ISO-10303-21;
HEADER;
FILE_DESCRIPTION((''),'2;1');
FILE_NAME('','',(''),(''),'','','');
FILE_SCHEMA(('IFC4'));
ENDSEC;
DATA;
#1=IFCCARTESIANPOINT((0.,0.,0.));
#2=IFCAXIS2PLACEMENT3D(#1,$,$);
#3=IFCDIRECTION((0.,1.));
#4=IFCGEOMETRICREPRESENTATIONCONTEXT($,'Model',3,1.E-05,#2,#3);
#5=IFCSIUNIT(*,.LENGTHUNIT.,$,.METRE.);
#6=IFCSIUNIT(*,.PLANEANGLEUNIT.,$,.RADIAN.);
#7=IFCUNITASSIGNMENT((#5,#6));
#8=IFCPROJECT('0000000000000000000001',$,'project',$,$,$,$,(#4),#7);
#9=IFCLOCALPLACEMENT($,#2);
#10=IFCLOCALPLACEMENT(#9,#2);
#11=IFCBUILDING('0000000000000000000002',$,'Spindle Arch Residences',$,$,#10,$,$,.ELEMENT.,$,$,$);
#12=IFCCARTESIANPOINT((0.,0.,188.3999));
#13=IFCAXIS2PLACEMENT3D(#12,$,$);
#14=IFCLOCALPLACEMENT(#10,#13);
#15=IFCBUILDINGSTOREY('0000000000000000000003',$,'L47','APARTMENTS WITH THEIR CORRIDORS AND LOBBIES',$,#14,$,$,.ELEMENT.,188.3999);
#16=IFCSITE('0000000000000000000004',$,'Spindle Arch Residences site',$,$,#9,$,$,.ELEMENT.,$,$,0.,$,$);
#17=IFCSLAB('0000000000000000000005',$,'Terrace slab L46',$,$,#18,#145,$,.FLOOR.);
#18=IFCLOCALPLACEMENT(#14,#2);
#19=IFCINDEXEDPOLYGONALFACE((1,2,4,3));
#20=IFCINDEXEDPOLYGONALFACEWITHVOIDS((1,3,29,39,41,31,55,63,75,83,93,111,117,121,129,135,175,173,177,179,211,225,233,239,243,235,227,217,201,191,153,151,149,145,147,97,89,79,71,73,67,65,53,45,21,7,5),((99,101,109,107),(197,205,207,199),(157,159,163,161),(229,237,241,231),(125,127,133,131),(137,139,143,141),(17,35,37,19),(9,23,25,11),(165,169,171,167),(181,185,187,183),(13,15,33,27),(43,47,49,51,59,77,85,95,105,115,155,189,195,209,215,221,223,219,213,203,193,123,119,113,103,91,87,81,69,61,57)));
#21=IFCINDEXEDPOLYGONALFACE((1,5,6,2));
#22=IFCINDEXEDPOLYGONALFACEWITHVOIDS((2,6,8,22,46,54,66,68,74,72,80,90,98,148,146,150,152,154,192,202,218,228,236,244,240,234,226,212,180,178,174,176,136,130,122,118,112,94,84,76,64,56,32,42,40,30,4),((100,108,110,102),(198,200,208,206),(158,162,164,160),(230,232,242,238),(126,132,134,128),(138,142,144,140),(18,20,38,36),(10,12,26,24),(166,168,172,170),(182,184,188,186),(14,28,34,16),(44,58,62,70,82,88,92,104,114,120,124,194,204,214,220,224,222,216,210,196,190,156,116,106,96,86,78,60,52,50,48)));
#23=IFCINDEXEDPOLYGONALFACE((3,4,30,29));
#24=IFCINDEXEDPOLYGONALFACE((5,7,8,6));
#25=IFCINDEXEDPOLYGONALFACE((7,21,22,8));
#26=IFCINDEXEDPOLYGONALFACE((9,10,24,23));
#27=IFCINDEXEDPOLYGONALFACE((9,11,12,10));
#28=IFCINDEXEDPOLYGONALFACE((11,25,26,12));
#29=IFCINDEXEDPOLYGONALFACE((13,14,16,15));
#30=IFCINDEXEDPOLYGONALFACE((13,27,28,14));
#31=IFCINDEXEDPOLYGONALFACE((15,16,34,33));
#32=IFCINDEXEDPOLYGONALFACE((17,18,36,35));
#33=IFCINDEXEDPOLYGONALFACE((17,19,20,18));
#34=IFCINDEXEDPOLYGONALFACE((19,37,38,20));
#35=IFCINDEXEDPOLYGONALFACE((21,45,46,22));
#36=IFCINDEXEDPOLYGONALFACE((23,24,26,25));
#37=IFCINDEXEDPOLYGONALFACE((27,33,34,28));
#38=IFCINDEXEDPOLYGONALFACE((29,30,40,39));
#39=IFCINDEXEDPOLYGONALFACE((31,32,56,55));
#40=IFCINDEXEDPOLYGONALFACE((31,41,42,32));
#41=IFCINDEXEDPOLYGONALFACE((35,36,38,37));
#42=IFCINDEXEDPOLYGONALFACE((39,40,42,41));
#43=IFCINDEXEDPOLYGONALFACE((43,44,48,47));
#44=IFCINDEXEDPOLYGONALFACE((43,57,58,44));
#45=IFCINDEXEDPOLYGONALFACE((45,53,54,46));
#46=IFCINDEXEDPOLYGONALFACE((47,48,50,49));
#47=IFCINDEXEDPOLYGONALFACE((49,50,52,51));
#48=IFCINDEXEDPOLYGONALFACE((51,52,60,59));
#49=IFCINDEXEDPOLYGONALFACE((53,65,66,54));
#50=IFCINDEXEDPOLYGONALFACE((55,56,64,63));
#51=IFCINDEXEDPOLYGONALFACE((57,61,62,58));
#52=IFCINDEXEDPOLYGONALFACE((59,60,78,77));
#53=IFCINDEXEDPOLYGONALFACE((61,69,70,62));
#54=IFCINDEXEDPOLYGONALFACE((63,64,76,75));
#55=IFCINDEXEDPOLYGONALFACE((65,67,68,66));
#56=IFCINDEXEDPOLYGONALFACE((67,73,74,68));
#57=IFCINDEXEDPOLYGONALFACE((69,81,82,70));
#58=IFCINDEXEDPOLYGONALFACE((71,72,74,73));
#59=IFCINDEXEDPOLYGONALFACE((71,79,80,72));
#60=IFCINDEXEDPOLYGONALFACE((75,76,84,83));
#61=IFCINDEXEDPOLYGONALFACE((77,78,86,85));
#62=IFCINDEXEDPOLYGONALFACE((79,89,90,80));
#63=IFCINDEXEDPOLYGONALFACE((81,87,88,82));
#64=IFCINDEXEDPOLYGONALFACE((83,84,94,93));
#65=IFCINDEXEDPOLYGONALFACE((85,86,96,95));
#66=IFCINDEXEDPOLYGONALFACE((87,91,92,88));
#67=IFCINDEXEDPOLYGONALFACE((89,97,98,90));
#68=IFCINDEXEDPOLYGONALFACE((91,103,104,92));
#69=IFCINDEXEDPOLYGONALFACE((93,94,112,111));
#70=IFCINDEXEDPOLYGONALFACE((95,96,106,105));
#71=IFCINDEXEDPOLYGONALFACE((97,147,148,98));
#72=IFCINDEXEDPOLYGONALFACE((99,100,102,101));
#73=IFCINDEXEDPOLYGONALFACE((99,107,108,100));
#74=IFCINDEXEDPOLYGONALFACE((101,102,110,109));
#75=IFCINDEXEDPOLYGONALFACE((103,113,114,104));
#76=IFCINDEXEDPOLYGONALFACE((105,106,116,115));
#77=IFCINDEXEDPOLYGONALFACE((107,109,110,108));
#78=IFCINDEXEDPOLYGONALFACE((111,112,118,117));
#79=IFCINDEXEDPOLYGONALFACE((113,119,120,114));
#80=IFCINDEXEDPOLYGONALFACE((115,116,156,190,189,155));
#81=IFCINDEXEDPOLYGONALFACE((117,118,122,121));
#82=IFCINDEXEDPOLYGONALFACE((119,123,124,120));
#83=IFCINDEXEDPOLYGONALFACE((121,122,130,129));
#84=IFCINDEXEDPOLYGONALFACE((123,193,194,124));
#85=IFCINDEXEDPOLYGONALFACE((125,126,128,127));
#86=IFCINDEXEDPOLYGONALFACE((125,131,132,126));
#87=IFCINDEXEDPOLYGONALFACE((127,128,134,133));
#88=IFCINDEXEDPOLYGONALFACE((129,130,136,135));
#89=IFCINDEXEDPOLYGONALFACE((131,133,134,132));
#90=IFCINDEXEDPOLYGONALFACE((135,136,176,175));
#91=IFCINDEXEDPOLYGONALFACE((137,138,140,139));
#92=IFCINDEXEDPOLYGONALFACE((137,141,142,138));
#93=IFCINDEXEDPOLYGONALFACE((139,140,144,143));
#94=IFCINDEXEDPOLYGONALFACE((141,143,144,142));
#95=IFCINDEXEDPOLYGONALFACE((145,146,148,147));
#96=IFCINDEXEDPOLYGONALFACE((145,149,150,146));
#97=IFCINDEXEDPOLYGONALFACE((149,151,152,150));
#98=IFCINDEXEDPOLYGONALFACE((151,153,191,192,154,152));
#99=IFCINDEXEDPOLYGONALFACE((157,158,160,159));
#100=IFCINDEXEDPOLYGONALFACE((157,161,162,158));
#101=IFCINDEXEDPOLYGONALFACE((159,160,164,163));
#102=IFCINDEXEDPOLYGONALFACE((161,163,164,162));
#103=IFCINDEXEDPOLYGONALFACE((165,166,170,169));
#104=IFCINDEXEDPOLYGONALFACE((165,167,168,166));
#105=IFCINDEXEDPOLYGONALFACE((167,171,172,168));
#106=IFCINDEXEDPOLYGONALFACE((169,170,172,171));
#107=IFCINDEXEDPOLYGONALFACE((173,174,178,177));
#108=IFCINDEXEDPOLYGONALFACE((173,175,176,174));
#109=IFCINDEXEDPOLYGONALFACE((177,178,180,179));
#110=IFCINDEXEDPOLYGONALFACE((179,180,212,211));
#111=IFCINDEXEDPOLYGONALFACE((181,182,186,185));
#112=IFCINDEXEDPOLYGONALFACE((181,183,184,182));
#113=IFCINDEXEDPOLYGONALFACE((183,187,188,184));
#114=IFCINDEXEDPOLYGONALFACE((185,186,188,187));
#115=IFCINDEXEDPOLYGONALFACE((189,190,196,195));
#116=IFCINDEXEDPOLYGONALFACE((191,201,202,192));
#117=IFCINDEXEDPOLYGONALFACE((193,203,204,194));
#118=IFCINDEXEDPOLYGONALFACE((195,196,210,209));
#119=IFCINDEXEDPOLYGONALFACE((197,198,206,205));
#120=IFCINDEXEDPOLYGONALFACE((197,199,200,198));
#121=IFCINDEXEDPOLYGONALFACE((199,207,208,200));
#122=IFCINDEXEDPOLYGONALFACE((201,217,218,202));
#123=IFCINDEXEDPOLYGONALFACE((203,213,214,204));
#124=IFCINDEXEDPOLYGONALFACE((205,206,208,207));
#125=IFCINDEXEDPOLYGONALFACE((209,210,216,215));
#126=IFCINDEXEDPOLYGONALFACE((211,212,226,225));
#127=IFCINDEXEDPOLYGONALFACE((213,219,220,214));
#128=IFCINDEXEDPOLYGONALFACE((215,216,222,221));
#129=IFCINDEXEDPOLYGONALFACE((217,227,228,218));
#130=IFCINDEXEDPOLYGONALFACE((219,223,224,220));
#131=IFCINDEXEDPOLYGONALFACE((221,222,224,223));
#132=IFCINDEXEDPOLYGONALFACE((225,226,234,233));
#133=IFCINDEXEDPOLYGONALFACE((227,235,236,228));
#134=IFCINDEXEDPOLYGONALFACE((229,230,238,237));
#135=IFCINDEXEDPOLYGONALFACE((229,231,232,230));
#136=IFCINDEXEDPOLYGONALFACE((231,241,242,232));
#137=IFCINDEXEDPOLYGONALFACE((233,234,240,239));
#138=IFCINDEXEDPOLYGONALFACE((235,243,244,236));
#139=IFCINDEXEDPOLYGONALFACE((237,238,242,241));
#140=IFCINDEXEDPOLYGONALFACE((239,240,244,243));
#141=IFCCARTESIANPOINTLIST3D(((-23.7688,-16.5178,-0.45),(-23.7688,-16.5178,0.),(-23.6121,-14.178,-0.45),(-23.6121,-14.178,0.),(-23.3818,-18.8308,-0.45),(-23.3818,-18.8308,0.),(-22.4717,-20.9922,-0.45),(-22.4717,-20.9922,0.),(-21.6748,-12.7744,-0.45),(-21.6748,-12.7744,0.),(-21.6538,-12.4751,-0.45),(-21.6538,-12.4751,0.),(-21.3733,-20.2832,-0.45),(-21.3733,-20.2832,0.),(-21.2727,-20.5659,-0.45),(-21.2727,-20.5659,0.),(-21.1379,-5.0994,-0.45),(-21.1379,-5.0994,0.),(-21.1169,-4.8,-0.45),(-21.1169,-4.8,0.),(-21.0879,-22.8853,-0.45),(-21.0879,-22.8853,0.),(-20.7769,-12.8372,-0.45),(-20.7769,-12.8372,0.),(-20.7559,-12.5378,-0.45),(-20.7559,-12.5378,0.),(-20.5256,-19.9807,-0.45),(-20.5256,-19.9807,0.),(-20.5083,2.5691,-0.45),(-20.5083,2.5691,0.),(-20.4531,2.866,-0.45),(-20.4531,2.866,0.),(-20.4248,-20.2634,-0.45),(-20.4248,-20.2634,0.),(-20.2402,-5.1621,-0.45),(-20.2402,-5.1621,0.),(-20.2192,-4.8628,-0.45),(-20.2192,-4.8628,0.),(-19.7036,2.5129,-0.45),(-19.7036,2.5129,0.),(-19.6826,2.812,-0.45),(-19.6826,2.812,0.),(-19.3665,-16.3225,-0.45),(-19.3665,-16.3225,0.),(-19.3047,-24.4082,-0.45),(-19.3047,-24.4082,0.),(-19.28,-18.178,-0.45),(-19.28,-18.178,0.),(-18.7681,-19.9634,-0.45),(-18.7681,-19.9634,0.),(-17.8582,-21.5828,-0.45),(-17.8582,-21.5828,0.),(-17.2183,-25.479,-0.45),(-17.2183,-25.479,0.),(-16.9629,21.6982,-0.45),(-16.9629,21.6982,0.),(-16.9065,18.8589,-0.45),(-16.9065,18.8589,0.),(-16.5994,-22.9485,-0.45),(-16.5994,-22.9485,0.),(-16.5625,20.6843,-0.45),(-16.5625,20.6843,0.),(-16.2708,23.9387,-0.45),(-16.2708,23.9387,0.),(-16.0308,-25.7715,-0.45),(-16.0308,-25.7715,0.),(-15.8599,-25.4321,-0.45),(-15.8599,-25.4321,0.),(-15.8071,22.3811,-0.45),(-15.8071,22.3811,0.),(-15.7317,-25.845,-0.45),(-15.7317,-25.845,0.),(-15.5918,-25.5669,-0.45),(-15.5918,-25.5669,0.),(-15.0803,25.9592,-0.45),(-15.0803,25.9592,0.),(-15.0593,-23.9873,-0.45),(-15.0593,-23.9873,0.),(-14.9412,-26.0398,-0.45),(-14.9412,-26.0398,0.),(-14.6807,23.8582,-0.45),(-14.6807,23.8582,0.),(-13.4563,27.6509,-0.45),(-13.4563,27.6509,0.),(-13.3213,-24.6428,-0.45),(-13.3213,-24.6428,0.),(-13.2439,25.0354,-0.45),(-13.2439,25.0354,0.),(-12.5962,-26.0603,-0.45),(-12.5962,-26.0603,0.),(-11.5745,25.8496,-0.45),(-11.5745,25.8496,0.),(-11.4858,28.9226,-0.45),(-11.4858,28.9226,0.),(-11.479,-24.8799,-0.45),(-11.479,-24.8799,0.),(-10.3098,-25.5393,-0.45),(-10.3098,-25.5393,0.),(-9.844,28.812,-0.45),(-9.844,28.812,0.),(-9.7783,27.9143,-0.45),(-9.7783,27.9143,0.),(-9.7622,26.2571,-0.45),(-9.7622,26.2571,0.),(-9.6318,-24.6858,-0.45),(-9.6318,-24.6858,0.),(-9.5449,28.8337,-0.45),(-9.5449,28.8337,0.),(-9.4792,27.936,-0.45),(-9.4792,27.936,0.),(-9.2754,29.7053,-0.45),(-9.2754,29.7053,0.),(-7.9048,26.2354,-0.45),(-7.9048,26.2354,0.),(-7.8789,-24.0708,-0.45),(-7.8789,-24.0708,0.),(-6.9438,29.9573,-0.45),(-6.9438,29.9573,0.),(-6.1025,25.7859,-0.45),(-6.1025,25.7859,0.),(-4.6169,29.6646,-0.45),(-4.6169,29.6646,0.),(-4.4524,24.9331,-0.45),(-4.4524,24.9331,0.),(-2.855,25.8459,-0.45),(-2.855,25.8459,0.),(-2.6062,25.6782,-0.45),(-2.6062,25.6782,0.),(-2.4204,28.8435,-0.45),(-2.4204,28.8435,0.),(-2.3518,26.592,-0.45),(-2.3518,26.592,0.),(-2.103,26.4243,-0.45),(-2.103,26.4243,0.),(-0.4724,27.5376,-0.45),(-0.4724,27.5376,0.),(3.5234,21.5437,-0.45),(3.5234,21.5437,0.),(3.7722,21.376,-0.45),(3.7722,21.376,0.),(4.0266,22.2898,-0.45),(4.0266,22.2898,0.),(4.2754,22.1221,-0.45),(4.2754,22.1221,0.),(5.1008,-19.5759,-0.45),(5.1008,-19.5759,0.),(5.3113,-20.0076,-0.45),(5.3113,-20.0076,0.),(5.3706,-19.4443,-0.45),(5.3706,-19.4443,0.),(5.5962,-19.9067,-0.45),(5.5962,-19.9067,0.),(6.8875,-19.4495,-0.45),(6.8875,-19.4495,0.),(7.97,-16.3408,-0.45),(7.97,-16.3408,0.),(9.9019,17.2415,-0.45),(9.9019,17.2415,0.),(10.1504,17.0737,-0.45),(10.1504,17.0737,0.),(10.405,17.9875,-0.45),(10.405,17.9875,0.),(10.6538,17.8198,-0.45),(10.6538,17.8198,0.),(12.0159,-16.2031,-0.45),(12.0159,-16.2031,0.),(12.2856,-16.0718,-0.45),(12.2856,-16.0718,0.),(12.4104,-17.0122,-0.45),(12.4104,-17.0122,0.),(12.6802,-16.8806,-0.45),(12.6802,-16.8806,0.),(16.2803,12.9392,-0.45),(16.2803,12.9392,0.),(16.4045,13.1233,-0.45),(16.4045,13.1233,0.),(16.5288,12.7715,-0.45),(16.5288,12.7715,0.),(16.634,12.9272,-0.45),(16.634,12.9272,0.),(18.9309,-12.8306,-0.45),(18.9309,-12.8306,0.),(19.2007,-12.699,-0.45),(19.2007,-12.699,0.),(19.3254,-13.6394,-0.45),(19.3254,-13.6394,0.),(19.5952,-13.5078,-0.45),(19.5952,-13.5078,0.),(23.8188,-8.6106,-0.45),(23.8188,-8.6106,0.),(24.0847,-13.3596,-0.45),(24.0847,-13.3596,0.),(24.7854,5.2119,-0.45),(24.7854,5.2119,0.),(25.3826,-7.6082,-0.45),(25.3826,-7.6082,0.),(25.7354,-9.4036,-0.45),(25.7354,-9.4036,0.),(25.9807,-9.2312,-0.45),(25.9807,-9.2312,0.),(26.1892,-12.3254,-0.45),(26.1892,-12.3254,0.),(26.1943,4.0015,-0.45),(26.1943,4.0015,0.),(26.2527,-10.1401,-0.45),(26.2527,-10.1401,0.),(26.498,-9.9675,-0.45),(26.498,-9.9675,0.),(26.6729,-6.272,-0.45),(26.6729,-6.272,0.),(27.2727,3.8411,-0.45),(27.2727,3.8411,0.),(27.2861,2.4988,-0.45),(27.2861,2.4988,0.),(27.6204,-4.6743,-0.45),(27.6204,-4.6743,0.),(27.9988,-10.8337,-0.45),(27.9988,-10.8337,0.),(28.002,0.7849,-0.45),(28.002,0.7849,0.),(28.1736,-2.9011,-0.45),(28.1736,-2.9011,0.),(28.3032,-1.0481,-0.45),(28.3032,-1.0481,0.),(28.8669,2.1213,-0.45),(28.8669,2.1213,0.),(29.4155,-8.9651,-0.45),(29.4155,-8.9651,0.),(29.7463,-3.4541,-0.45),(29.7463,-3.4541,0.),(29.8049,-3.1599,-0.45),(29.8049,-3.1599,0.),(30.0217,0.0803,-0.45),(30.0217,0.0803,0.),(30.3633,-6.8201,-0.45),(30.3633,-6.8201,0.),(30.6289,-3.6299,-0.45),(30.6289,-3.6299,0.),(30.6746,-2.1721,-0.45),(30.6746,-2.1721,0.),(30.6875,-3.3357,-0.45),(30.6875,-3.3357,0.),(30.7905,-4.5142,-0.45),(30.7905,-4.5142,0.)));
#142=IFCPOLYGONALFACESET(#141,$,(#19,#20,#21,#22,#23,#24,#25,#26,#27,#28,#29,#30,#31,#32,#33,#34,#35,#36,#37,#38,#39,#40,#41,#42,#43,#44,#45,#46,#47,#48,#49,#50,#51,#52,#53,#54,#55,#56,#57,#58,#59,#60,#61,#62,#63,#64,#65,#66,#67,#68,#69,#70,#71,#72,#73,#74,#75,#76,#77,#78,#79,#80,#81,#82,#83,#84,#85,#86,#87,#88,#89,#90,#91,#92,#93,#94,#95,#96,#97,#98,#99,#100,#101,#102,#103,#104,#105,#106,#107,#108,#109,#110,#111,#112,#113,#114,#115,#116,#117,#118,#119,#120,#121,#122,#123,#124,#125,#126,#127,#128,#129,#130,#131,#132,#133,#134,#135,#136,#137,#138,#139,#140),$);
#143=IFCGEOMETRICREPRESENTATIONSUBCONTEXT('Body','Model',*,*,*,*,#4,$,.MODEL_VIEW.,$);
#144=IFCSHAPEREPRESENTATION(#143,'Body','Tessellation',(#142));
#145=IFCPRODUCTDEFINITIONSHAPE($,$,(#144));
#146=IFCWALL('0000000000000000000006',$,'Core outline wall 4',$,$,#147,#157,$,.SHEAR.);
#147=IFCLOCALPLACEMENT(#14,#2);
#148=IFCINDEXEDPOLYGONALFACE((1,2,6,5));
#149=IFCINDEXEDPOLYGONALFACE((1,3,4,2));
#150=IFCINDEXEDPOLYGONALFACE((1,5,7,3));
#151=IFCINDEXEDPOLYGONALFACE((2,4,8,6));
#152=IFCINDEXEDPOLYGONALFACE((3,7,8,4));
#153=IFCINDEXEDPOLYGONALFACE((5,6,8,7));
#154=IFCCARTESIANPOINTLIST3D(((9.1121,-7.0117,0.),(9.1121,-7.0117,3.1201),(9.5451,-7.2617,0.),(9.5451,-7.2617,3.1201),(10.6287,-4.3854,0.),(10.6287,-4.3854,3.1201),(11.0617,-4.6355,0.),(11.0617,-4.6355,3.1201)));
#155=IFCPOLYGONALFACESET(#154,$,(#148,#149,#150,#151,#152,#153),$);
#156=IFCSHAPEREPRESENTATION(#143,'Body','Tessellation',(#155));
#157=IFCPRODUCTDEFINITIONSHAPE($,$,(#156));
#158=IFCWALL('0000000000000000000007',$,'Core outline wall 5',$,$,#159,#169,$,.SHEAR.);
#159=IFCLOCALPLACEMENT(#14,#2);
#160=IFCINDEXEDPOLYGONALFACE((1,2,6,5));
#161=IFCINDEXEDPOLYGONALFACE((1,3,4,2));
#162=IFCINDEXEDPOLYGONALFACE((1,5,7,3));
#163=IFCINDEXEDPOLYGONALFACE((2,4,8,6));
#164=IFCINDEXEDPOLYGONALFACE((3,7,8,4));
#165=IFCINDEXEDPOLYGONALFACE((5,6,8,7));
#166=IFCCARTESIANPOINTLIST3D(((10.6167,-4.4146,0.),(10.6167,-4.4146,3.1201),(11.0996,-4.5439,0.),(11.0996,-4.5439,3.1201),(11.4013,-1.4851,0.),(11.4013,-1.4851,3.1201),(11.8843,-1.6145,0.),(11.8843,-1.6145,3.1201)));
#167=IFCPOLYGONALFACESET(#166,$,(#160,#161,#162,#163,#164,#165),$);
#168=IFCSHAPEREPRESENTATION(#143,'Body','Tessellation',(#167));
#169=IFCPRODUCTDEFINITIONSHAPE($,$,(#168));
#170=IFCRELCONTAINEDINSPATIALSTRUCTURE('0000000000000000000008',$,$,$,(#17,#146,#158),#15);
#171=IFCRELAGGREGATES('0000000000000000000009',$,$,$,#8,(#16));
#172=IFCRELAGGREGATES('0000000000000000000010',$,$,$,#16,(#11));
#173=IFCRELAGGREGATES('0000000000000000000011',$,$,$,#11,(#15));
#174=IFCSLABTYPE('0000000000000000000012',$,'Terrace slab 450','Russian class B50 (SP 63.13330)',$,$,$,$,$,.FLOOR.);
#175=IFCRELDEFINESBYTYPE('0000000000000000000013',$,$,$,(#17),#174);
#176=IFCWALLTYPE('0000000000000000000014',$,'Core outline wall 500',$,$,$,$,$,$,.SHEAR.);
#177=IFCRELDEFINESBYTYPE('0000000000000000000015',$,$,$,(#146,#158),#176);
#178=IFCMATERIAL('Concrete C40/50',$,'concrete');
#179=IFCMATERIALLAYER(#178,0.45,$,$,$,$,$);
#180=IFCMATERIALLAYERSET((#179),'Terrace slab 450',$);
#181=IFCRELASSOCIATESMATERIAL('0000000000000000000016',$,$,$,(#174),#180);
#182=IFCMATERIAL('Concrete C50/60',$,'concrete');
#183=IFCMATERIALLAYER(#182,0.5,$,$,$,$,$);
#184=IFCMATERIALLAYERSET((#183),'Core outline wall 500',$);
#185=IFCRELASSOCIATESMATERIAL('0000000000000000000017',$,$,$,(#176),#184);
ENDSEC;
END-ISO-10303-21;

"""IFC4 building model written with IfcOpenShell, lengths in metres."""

from ifc_helpers import new_model, si_unit, direction, frame, frame_2d, origin, place, context, subcontext, project, spatial, polyline, rectangle, outline, extrude, material, layer, layer_set, type_object, element, save


model = new_model("IFC4")

# Units and contexts
model_context = context("Model", 3, precision=1e-05, world=origin(), true_north=direction((0.0, 1.0)))
body_context = subcontext(model_context, "Body", "Model", "MODEL_VIEW")
ifc_project = project(units=[si_unit("LENGTHUNIT", "METRE"), si_unit("PLANEANGLEUNIT", "RADIAN")], contexts=[model_context])

# Site, building, storey
site_placement = place(None, origin())
site = spatial("IfcSite", under=ifc_project, at=site_placement, Name="Spindle Arch Residences site", CompositionType="ELEMENT", RefElevation=0.0)
building_placement = place(site_placement, origin())
building = spatial("IfcBuilding", under=site, at=building_placement, Name="Spindle Arch Residences", CompositionType="ELEMENT")
storey_placement = place(building_placement, frame((0.0, 0.0, 188.3999)))
storey = spatial("IfcBuildingStorey", under=building, at=storey_placement, Name="L47", Description="APARTMENTS WITH THEIR CORRIDORS AND LOBBIES", CompositionType="ELEMENT", Elevation=188.3999)

# Slab
ifc_material_1 = material(Name="Concrete C40/50", Category="concrete")
ifc_layer_1 = layer(ifc_material_1, 0.45)
ifc_layer_set_1 = layer_set([ifc_layer_1], Name="Terrace slab 450")
slab_type_1 = type_object("IfcSlabType", Name="Terrace slab 450", Description="Russian class B50 (SP 63.13330)", PredefinedType="FLOOR", material=ifc_layer_set_1)
slab_1_placement = place(storey_placement, frame((0.0, 0.0, -0.45)))
element("IfcSlab", 1, at=slab_1_placement, inside=storey, type_object=slab_type_1, Name="Terrace slab L46", PredefinedType="FLOOR", context=body_context, shape_type="SweptSolid", body=[
    extrude(outline(polyline([(-12.5962, -26.0603), (-14.9412, -26.0398), (-15.7317, -25.845), (-15.5918, -25.5669), (-15.8599, -25.4321), (-16.0308, -25.7715), (-17.2183, -25.479), (-19.3047, -24.4082), (-21.0879, -22.8853), (-22.4717, -20.9922), (-23.3818, -18.8308), (-23.7688, -16.5178), (-23.6121, -14.178), (-20.5083, 2.5691), (-19.7036, 2.5129), (-19.6826, 2.812), (-20.4531, 2.866), (-16.9629, 21.6982), (-16.2708, 23.9387), (-15.0803, 25.9592), (-13.4563, 27.6509), (-11.4858, 28.9226), (-9.2754, 29.7053), (-6.9438, 29.9573), (-4.6169, 29.6646), (-2.4204, 28.8435), (-0.4724, 27.5376), (16.4045, 13.1233), (16.2803, 12.9392), (16.5288, 12.7715), (16.634, 12.9272), (27.2727, 3.8411), (28.8669, 2.1213), (30.0217, 0.0803), (30.6746, -2.1721), (30.7905, -4.5142), (30.3633, -6.8201), (29.4155, -8.9651), (27.9988, -10.8337), (26.1892, -12.3254), (24.0847, -13.3596), (6.8875, -19.4495), (5.5962, -19.9067), (5.3706, -19.4443), (5.1008, -19.5759), (5.3113, -20.0076), (-10.3098, -25.5393), (-12.5962, -26.0603)]), holes=[polyline([(25.3826, -7.6082), (26.6729, -6.272), (27.6204, -4.6743), (28.1736, -2.9011), (28.3032, -1.0481), (28.002, 0.7849), (27.2861, 2.4988), (26.1943, 4.0015), (24.7854, 5.2119), (-4.4524, 24.9331), (-6.1025, 25.7859), (-7.9048, 26.2354), (-9.7622, 26.2571), (-11.5745, 25.8496), (-13.2439, 25.0354), (-14.6807, 23.8582), (-15.8071, 22.3811), (-16.5625, 20.6843), (-16.9065, 18.8589), (-19.3665, -16.3225), (-19.28, -18.178), (-18.7681, -19.9634), (-17.8582, -21.5828), (-16.5994, -22.9485), (-15.0593, -23.9873), (-13.3213, -24.6428), (-11.479, -24.8799), (-9.6318, -24.6858), (-7.8789, -24.0708), (7.97, -16.3408), (23.8188, -8.6106), (25.3826, -7.6082)]), polyline([(-21.3733, -20.2832), (-21.2727, -20.5659), (-20.4248, -20.2634), (-20.5256, -19.9807), (-21.3733, -20.2832)]), polyline([(-20.7559, -12.5378), (-21.6538, -12.4751), (-21.6748, -12.7744), (-20.7769, -12.8372), (-20.7559, -12.5378)]), polyline([(-20.2192, -4.8628), (-21.1169, -4.8), (-21.1379, -5.0994), (-20.2402, -5.1621), (-20.2192, -4.8628)]), polyline([(-2.6062, 25.6782), (-2.103, 26.4243), (-2.3518, 26.592), (-2.855, 25.8459), (-2.6062, 25.6782)]), polyline([(-9.4792, 27.936), (-9.5449, 28.8337), (-9.844, 28.812), (-9.7783, 27.9143), (-9.4792, 27.936)]), polyline([(12.4104, -17.0122), (12.6802, -16.8806), (12.2856, -16.0718), (12.0159, -16.2031), (12.4104, -17.0122)]), polyline([(18.9309, -12.8306), (19.3254, -13.6394), (19.5952, -13.5078), (19.2007, -12.699), (18.9309, -12.8306)]), polyline([(25.7354, -9.4036), (26.2527, -10.1401), (26.498, -9.9675), (25.9807, -9.2312), (25.7354, -9.4036)]), polyline([(30.6289, -3.6299), (30.6875, -3.3357), (29.8049, -3.1599), (29.7463, -3.4541), (30.6289, -3.6299)]), polyline([(10.1504, 17.0737), (10.6538, 17.8198), (10.405, 17.9875), (9.9019, 17.2415), (10.1504, 17.0737)]), polyline([(3.7722, 21.376), (4.2754, 22.1221), (4.0266, 22.2898), (3.5234, 21.5437), (3.7722, 21.376)])]), origin(), (0.0, 0.0, 1.0), 0.45),
])

# Walls
ifc_material_2 = material(Name="Concrete C50/60", Category="concrete")
ifc_layer_2 = layer(ifc_material_2, 0.5)
ifc_layer_set_2 = layer_set([ifc_layer_2], Name="Core outline wall 500")
wall_type_1 = type_object("IfcWallType", Name="Core outline wall 500", PredefinedType="SHEAR", material=ifc_layer_set_2)
for number, where, z_axis, x_axis, name in (
    (2, (9.3286, -7.1367, 0.0), (0.0, 0.0, 1.0), (0.500087, 0.865975, 0.0), "Core outline wall 4"),
    (3, (10.8582, -4.4792, 0.0), (0.0, 0.0, 1.0), (0.258735, 0.965948, 0.0), "Core outline wall 5"),
):
    element("IfcWall", number, at=place(storey_placement, frame(where, z_axis=z_axis, x_axis=x_axis)), inside=storey, type_object=wall_type_1, Name=name, PredefinedType="SHEAR", context=body_context, shape_type="SweptSolid", body=[
        extrude(rectangle(XDim=3.0327, YDim=0.5, at=frame_2d((1.5164, 0.0))), origin(), (0.0, 0.0, 1.0), 3.1201),
    ])

save(model, "model.ifc")
